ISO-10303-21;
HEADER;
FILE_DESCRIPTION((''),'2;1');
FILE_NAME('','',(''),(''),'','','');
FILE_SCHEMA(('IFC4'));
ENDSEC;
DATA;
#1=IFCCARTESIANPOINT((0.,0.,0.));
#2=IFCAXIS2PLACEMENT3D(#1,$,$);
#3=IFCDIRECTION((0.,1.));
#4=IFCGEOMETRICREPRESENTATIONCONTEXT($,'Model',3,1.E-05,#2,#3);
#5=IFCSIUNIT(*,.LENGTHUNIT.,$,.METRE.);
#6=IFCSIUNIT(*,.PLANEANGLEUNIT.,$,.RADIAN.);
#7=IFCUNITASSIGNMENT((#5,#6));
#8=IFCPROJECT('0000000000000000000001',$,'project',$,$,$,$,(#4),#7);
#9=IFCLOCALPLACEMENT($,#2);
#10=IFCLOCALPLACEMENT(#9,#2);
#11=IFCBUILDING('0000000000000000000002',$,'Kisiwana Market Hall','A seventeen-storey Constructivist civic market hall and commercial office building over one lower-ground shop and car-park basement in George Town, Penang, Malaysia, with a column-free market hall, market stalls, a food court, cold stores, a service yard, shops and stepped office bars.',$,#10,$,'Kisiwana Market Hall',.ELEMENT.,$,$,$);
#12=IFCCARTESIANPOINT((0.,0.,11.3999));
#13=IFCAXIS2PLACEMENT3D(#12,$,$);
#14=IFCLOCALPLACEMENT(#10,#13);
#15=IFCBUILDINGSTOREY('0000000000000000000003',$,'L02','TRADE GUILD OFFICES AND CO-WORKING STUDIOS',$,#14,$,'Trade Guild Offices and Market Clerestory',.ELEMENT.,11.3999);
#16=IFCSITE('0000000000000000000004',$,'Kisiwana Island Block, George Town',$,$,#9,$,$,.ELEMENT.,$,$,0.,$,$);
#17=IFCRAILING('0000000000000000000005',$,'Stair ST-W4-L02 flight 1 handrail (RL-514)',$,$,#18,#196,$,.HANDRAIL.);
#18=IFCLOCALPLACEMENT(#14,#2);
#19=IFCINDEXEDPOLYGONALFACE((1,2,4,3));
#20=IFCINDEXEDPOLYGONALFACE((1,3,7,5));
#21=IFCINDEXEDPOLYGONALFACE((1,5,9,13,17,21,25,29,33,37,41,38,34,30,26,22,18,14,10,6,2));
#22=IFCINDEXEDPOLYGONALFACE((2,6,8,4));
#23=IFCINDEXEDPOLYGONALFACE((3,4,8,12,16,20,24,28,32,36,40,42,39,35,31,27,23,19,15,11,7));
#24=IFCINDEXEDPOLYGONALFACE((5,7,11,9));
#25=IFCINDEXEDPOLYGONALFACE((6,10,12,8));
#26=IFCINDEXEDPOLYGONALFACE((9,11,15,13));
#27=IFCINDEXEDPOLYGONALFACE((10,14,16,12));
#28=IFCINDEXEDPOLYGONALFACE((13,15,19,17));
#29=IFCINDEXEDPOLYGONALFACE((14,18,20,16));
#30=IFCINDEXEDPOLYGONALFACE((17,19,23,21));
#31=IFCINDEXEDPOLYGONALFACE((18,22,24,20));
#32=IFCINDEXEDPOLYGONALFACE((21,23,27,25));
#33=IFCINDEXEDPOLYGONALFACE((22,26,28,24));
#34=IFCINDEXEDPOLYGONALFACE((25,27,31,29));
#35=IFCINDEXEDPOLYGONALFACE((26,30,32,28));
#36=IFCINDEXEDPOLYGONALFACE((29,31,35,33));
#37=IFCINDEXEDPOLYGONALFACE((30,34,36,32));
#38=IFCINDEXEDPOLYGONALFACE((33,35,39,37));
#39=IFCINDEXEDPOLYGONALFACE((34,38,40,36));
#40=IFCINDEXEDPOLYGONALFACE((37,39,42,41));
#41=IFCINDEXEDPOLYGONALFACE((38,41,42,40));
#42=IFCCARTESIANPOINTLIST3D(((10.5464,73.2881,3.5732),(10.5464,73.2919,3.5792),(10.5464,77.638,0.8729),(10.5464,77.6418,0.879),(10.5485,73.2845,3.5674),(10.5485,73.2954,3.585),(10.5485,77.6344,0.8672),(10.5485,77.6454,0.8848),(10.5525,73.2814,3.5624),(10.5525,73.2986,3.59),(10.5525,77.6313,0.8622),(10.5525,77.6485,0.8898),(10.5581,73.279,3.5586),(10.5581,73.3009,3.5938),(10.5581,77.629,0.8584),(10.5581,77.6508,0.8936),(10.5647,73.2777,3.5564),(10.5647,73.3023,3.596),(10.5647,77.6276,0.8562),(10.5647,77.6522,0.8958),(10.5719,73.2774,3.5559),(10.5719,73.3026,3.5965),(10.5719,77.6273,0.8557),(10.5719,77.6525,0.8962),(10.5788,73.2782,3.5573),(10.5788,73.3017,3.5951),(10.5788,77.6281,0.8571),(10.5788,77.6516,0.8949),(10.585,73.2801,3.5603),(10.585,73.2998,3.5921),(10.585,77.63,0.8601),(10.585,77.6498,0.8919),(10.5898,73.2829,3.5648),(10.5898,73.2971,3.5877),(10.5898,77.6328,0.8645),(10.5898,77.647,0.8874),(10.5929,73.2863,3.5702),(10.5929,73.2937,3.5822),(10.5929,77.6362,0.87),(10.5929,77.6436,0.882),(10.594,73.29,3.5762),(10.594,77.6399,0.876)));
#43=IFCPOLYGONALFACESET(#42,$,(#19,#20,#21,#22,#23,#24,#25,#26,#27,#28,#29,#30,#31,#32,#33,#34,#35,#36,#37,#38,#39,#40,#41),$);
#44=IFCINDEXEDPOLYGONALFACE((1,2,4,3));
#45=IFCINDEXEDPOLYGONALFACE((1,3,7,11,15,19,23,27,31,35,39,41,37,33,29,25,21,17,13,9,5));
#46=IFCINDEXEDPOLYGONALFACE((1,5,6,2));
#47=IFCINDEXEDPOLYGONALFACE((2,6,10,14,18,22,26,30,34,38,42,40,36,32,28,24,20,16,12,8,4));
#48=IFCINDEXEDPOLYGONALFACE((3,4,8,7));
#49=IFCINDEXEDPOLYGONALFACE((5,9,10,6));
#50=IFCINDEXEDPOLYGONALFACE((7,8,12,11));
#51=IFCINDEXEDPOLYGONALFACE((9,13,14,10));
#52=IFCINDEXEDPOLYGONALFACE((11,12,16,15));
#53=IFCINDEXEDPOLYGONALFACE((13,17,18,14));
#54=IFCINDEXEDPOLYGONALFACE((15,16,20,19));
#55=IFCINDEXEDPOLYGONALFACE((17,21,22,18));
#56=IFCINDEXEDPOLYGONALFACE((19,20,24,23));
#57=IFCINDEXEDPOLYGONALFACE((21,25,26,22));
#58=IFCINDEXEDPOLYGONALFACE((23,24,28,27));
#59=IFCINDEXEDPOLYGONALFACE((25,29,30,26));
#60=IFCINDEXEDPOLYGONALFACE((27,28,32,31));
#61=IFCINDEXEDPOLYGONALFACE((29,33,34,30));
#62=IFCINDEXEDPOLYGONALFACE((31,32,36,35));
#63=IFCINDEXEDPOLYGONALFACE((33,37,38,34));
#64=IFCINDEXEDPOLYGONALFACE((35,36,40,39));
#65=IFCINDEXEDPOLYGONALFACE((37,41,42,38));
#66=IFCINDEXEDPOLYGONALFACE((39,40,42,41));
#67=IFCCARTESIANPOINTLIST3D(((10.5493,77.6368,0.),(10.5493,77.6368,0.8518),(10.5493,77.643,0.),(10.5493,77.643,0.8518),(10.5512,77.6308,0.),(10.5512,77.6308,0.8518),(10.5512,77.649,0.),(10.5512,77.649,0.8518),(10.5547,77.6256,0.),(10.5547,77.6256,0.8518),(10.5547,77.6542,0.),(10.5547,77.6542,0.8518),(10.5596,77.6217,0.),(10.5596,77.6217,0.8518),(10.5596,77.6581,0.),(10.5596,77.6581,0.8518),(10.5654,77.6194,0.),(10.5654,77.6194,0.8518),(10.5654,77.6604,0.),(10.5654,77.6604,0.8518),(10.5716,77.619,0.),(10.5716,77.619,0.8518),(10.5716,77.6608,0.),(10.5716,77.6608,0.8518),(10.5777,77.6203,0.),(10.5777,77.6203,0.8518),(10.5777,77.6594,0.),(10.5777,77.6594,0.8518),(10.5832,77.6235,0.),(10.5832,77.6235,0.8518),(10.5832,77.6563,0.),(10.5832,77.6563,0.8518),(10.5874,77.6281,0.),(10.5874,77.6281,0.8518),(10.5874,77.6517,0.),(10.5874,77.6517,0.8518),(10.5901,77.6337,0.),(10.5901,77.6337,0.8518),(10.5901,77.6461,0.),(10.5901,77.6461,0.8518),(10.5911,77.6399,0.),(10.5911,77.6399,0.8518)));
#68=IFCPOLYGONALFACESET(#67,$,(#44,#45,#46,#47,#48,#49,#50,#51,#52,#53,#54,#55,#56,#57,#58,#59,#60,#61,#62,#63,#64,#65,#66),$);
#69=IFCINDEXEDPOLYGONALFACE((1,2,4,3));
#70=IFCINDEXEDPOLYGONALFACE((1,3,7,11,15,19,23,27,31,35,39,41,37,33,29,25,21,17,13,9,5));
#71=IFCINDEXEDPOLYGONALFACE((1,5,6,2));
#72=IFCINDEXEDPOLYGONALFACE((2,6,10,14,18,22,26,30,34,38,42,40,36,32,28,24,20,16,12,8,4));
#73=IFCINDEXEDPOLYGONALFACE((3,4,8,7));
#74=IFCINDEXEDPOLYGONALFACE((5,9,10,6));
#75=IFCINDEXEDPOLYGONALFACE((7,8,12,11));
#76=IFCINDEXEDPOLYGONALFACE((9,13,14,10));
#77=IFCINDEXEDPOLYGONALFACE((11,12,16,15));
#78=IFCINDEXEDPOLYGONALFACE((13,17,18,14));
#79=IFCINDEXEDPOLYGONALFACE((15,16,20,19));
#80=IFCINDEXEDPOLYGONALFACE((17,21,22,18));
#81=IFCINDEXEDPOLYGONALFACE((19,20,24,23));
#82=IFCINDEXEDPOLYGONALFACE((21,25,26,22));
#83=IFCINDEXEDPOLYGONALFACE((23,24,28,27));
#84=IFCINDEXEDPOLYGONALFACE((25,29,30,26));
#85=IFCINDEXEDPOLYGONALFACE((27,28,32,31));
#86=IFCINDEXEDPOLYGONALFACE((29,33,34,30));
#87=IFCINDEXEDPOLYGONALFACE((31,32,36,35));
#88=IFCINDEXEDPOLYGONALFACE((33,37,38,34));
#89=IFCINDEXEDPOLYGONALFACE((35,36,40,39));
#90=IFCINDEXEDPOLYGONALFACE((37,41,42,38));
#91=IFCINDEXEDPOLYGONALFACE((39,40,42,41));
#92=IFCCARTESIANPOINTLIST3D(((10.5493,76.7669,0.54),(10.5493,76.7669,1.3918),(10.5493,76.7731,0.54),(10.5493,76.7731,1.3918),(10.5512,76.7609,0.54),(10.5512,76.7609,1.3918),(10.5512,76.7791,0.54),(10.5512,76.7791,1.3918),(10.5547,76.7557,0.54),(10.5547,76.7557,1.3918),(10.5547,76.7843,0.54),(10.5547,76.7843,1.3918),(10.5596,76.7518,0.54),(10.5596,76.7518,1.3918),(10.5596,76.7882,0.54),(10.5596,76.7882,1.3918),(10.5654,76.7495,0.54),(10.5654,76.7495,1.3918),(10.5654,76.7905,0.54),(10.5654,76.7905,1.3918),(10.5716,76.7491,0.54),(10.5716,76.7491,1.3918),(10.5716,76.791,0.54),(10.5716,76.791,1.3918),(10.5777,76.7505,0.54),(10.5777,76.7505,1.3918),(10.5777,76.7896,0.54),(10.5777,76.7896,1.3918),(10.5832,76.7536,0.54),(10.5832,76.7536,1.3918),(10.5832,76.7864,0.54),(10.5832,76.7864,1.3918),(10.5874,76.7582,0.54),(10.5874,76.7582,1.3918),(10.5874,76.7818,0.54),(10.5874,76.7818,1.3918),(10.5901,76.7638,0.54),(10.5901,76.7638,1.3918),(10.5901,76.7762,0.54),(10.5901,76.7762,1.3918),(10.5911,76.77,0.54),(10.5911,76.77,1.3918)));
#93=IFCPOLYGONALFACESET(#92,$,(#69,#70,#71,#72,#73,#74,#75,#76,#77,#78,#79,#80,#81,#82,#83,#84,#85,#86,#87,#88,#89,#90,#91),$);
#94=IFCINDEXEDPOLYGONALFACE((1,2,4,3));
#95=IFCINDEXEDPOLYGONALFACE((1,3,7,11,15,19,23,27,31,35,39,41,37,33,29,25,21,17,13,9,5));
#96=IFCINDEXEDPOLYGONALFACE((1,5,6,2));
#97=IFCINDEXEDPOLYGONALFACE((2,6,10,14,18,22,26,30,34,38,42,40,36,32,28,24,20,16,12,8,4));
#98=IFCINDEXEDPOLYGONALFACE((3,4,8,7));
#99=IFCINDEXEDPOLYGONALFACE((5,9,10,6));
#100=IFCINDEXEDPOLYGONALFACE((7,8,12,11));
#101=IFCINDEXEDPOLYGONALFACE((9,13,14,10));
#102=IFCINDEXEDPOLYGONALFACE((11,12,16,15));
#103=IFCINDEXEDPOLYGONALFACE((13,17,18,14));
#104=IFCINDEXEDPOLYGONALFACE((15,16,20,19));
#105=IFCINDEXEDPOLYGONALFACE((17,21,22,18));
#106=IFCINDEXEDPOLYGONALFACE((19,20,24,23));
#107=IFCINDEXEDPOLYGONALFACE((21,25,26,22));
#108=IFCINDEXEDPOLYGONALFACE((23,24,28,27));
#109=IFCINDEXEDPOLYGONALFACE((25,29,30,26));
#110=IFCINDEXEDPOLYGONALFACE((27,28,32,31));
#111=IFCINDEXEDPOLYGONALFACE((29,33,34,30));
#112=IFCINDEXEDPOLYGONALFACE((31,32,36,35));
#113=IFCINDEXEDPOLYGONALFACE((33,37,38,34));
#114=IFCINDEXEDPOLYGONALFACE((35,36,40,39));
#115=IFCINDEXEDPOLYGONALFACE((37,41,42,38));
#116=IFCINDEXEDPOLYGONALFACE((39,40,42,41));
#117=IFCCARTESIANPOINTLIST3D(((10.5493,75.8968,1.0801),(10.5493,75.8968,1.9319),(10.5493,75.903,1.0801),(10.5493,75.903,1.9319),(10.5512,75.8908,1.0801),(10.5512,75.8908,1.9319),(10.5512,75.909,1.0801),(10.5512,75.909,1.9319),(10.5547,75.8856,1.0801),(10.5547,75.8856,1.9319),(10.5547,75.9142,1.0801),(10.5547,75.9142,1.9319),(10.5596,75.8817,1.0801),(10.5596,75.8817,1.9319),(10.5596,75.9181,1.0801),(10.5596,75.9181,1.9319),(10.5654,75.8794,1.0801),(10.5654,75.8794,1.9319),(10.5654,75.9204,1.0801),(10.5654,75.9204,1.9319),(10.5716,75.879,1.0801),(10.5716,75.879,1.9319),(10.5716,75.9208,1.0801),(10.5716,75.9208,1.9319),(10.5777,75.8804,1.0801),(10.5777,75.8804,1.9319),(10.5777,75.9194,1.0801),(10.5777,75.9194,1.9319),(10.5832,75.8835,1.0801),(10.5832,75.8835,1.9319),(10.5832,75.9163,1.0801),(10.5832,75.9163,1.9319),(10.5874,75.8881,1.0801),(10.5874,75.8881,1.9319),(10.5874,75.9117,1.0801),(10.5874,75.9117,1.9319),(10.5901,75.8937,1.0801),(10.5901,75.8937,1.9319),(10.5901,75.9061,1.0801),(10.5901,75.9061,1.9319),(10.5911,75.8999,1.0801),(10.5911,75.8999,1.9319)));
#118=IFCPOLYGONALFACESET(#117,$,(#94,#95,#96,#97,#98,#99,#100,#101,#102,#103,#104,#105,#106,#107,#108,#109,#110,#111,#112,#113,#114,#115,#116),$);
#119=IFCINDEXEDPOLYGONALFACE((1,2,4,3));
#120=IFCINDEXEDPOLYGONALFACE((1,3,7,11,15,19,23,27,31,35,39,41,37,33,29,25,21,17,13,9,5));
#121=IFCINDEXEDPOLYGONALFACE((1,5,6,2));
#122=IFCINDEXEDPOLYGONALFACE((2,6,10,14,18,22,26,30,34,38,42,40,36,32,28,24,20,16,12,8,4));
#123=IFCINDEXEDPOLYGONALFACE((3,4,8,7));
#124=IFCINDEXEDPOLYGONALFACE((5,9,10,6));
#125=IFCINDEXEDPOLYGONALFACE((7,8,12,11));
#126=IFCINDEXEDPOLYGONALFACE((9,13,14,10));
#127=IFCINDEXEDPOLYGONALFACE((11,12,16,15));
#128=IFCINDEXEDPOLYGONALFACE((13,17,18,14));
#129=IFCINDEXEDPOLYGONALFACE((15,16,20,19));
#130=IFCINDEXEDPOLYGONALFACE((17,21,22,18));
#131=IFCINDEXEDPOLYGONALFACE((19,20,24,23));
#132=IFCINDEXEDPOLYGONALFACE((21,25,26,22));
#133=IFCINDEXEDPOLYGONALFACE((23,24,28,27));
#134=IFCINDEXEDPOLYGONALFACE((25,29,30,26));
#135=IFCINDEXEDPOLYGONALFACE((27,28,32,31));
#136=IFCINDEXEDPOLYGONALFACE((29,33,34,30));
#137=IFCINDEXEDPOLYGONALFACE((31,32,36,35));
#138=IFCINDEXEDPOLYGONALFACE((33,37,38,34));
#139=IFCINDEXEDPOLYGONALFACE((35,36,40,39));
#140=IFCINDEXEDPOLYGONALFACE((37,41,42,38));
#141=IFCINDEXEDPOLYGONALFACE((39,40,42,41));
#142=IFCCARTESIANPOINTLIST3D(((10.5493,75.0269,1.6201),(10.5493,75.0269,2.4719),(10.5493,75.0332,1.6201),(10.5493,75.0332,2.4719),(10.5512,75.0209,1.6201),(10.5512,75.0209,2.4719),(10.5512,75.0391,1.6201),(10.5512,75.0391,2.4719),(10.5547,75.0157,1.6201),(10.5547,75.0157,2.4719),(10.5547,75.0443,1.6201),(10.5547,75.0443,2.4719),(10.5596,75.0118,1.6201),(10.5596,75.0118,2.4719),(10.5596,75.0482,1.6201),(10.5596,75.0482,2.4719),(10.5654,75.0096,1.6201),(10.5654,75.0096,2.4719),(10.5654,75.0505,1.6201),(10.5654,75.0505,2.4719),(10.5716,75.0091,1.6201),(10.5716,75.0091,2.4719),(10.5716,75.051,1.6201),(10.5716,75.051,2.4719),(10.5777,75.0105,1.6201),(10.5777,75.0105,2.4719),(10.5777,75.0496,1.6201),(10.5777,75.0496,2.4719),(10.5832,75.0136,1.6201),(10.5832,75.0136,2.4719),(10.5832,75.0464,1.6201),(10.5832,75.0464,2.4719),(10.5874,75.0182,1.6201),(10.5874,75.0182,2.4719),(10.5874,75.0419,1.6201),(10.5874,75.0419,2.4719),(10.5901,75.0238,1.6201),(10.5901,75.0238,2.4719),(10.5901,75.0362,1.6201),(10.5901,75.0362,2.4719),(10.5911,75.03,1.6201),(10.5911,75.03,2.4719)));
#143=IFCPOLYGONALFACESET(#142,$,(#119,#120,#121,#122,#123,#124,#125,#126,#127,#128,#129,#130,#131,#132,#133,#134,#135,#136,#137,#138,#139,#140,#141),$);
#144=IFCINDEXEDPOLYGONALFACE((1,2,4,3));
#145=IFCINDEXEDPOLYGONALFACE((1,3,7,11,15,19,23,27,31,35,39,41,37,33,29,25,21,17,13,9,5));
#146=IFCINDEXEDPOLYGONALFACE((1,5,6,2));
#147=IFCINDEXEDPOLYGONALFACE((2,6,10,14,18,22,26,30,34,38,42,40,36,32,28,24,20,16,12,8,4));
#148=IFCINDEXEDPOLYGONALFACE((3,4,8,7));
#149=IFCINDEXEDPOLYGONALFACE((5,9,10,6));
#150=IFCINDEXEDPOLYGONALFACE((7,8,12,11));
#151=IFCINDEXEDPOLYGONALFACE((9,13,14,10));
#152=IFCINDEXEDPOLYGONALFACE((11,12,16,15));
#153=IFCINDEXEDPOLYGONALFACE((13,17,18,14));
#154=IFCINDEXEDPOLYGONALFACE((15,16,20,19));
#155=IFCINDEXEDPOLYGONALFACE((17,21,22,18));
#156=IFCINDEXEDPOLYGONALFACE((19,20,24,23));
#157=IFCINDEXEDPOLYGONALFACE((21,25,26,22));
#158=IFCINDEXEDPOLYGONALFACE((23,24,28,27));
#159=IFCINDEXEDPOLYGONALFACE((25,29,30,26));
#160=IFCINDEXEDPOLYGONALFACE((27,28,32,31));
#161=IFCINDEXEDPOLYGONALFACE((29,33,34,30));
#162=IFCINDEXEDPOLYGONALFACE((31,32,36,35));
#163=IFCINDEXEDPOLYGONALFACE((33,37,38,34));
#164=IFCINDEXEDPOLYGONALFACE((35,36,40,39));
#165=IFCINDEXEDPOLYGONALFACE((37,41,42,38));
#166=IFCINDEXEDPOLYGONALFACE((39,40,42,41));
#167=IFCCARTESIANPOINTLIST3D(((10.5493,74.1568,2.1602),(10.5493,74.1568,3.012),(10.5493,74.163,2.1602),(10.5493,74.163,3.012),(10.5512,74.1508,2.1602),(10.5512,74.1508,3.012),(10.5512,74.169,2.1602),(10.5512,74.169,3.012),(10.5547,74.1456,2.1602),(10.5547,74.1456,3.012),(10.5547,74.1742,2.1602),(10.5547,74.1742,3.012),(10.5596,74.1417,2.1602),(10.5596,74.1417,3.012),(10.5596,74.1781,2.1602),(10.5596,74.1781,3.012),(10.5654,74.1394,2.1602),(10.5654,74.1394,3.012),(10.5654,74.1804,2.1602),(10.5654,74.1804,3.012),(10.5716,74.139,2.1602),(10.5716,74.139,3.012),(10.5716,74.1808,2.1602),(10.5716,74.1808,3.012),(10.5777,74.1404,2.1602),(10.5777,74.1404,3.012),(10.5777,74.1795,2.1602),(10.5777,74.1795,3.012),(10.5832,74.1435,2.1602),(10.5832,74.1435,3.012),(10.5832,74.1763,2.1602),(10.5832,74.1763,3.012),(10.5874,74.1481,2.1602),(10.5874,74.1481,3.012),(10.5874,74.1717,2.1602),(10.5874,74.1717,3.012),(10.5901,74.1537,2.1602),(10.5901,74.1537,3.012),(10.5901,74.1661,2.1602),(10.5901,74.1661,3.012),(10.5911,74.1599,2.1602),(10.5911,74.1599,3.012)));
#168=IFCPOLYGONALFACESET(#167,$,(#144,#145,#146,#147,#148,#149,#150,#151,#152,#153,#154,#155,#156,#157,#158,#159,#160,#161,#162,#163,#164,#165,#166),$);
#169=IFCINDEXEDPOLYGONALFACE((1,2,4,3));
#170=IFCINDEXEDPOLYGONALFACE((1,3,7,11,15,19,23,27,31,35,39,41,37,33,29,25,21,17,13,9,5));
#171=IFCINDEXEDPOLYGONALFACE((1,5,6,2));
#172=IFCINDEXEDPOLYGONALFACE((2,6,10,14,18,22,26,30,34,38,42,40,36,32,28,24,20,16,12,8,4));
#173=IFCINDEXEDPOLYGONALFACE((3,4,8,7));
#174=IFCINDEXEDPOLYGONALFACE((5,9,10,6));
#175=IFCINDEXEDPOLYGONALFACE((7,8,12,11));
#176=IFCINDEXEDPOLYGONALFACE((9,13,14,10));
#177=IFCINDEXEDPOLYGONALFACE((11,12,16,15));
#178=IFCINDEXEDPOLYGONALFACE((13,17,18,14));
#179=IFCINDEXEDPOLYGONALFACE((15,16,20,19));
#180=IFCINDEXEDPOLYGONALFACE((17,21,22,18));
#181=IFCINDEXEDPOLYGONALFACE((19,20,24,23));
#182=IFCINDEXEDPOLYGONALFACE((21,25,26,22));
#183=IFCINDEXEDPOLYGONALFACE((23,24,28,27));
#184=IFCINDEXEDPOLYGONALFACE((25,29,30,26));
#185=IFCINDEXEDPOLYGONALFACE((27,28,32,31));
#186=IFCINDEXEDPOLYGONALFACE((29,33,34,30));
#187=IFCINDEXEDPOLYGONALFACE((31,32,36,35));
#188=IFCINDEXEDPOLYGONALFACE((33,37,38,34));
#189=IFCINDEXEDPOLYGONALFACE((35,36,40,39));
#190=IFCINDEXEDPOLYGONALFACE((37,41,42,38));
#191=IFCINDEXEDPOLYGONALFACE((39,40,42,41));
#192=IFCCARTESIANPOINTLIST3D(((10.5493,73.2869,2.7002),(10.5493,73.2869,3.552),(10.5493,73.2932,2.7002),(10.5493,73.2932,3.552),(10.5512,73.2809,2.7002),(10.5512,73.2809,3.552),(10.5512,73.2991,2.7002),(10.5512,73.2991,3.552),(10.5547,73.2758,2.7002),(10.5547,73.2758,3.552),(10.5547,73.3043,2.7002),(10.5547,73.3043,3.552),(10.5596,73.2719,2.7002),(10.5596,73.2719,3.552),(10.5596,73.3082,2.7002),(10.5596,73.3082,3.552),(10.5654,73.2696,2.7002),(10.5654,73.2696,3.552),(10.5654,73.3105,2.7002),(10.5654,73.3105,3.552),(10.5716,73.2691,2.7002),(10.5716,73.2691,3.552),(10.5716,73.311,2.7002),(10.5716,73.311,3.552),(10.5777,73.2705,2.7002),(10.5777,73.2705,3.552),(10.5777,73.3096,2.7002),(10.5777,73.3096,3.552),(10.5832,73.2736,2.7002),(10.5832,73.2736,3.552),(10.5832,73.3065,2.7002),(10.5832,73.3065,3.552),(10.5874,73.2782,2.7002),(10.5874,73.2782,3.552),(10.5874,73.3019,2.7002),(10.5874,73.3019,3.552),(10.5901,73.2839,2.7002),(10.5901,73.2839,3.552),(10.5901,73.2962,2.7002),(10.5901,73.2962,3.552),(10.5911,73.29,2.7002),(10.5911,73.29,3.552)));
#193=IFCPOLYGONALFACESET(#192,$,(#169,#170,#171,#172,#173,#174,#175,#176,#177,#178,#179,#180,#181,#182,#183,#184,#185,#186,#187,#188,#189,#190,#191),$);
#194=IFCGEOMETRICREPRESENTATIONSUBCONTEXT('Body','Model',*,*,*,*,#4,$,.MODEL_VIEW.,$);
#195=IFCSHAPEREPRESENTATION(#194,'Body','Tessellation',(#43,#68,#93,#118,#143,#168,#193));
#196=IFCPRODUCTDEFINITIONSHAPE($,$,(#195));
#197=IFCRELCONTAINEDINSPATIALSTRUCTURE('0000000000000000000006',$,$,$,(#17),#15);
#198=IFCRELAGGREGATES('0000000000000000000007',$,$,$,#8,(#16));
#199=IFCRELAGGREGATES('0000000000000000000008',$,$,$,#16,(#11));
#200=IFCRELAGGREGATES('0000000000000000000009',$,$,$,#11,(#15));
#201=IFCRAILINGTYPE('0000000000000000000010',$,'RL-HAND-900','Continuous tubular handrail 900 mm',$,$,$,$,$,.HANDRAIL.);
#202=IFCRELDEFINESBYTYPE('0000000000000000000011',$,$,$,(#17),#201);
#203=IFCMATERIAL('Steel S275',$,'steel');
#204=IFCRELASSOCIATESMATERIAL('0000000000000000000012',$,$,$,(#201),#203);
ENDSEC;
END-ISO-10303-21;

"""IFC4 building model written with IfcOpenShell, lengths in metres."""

from ifc_helpers import new_model, si_unit, direction, frame, origin, origin_2d, place, context, subcontext, project, spatial, circle, extrude, material, type_object, element, save


model = new_model("IFC4")

# Units and contexts
model_context = context("Model", 3, precision=1e-05, world=origin(), true_north=direction((0.0, 1.0)))
body_context = subcontext(model_context, "Body", "Model", "MODEL_VIEW")
ifc_project = project(units=[si_unit("LENGTHUNIT", "METRE"), si_unit("PLANEANGLEUNIT", "RADIAN")], contexts=[model_context])

# Site, building, storey
site_placement = place(None, origin())
site = spatial("IfcSite", under=ifc_project, at=site_placement, Name="Kisiwana Island Block, George Town", CompositionType="ELEMENT", RefElevation=0.0)
building_placement = place(site_placement, origin())
building = spatial("IfcBuilding", under=site, at=building_placement, Name="Kisiwana Market Hall", Description="A seventeen-storey Constructivist civic market hall and commercial office building over one lower-ground shop and car-park basement in George Town, Penang, Malaysia, with a column-free market hall, market stalls, a food court, cold stores, a service yard, shops and stepped office bars.", LongName="Kisiwana Market Hall", CompositionType="ELEMENT")
storey_placement = place(building_placement, frame((0.0, 0.0, 11.3999)))
storey = spatial("IfcBuildingStorey", under=building, at=storey_placement, Name="L02", Description="TRADE GUILD OFFICES AND CO-WORKING STUDIOS", LongName="Trade Guild Offices and Market Clerestory", CompositionType="ELEMENT", Elevation=11.3999)

# Railing
ifc_material_1 = material(Name="Steel S275", Category="steel")
railing_type_1 = type_object("IfcRailingType", Name="RL-HAND-900", Description="Continuous tubular handrail 900 mm", PredefinedType="HANDRAIL", material=ifc_material_1)
for number, where, name in (
    (1, (10.5701, 77.6399, 0.0), "Stair ST-W4-L02 flight 1 handrail (RL-514)"),
):
    element("IfcRailing", number, at=place(storey_placement, frame(where)), inside=storey, type_object=railing_type_1, Name=name, PredefinedType="HANDRAIL", context=body_context, shape_type="SweptSolid", body=[
        extrude(circle(Radius=0.0239, at=origin_2d()), frame((0.0, 0.0, 0.876), z_axis=(0.0, -0.849615, 0.527403), x_axis=(1.0, 0.0, 0.0)), (0.0, 0.0, 1.0), 5.1199),
        extrude(circle(Radius=0.021, at=origin_2d()), origin(), (0.0, 0.0, 1.0), 0.8518),
        extrude(circle(Radius=0.021, at=origin_2d()), frame((0.0, -0.8699, 0.54)), (0.0, 0.0, 1.0), 0.8518),
        extrude(circle(Radius=0.021, at=origin_2d()), frame((0.0, -1.74, 1.0801)), (0.0, 0.0, 1.0), 0.8518),
        extrude(circle(Radius=0.021, at=origin_2d()), frame((0.0, -2.6099, 1.6201)), (0.0, 0.0, 1.0), 0.8518),
        extrude(circle(Radius=0.021, at=origin_2d()), frame((0.0, -3.48, 2.1602)), (0.0, 0.0, 1.0), 0.8518),
        extrude(circle(Radius=0.021, at=origin_2d()), frame((0.0, -4.3499, 2.7002)), (0.0, 0.0, 1.0), 0.8518),
    ])

save(model, "model.ifc")
